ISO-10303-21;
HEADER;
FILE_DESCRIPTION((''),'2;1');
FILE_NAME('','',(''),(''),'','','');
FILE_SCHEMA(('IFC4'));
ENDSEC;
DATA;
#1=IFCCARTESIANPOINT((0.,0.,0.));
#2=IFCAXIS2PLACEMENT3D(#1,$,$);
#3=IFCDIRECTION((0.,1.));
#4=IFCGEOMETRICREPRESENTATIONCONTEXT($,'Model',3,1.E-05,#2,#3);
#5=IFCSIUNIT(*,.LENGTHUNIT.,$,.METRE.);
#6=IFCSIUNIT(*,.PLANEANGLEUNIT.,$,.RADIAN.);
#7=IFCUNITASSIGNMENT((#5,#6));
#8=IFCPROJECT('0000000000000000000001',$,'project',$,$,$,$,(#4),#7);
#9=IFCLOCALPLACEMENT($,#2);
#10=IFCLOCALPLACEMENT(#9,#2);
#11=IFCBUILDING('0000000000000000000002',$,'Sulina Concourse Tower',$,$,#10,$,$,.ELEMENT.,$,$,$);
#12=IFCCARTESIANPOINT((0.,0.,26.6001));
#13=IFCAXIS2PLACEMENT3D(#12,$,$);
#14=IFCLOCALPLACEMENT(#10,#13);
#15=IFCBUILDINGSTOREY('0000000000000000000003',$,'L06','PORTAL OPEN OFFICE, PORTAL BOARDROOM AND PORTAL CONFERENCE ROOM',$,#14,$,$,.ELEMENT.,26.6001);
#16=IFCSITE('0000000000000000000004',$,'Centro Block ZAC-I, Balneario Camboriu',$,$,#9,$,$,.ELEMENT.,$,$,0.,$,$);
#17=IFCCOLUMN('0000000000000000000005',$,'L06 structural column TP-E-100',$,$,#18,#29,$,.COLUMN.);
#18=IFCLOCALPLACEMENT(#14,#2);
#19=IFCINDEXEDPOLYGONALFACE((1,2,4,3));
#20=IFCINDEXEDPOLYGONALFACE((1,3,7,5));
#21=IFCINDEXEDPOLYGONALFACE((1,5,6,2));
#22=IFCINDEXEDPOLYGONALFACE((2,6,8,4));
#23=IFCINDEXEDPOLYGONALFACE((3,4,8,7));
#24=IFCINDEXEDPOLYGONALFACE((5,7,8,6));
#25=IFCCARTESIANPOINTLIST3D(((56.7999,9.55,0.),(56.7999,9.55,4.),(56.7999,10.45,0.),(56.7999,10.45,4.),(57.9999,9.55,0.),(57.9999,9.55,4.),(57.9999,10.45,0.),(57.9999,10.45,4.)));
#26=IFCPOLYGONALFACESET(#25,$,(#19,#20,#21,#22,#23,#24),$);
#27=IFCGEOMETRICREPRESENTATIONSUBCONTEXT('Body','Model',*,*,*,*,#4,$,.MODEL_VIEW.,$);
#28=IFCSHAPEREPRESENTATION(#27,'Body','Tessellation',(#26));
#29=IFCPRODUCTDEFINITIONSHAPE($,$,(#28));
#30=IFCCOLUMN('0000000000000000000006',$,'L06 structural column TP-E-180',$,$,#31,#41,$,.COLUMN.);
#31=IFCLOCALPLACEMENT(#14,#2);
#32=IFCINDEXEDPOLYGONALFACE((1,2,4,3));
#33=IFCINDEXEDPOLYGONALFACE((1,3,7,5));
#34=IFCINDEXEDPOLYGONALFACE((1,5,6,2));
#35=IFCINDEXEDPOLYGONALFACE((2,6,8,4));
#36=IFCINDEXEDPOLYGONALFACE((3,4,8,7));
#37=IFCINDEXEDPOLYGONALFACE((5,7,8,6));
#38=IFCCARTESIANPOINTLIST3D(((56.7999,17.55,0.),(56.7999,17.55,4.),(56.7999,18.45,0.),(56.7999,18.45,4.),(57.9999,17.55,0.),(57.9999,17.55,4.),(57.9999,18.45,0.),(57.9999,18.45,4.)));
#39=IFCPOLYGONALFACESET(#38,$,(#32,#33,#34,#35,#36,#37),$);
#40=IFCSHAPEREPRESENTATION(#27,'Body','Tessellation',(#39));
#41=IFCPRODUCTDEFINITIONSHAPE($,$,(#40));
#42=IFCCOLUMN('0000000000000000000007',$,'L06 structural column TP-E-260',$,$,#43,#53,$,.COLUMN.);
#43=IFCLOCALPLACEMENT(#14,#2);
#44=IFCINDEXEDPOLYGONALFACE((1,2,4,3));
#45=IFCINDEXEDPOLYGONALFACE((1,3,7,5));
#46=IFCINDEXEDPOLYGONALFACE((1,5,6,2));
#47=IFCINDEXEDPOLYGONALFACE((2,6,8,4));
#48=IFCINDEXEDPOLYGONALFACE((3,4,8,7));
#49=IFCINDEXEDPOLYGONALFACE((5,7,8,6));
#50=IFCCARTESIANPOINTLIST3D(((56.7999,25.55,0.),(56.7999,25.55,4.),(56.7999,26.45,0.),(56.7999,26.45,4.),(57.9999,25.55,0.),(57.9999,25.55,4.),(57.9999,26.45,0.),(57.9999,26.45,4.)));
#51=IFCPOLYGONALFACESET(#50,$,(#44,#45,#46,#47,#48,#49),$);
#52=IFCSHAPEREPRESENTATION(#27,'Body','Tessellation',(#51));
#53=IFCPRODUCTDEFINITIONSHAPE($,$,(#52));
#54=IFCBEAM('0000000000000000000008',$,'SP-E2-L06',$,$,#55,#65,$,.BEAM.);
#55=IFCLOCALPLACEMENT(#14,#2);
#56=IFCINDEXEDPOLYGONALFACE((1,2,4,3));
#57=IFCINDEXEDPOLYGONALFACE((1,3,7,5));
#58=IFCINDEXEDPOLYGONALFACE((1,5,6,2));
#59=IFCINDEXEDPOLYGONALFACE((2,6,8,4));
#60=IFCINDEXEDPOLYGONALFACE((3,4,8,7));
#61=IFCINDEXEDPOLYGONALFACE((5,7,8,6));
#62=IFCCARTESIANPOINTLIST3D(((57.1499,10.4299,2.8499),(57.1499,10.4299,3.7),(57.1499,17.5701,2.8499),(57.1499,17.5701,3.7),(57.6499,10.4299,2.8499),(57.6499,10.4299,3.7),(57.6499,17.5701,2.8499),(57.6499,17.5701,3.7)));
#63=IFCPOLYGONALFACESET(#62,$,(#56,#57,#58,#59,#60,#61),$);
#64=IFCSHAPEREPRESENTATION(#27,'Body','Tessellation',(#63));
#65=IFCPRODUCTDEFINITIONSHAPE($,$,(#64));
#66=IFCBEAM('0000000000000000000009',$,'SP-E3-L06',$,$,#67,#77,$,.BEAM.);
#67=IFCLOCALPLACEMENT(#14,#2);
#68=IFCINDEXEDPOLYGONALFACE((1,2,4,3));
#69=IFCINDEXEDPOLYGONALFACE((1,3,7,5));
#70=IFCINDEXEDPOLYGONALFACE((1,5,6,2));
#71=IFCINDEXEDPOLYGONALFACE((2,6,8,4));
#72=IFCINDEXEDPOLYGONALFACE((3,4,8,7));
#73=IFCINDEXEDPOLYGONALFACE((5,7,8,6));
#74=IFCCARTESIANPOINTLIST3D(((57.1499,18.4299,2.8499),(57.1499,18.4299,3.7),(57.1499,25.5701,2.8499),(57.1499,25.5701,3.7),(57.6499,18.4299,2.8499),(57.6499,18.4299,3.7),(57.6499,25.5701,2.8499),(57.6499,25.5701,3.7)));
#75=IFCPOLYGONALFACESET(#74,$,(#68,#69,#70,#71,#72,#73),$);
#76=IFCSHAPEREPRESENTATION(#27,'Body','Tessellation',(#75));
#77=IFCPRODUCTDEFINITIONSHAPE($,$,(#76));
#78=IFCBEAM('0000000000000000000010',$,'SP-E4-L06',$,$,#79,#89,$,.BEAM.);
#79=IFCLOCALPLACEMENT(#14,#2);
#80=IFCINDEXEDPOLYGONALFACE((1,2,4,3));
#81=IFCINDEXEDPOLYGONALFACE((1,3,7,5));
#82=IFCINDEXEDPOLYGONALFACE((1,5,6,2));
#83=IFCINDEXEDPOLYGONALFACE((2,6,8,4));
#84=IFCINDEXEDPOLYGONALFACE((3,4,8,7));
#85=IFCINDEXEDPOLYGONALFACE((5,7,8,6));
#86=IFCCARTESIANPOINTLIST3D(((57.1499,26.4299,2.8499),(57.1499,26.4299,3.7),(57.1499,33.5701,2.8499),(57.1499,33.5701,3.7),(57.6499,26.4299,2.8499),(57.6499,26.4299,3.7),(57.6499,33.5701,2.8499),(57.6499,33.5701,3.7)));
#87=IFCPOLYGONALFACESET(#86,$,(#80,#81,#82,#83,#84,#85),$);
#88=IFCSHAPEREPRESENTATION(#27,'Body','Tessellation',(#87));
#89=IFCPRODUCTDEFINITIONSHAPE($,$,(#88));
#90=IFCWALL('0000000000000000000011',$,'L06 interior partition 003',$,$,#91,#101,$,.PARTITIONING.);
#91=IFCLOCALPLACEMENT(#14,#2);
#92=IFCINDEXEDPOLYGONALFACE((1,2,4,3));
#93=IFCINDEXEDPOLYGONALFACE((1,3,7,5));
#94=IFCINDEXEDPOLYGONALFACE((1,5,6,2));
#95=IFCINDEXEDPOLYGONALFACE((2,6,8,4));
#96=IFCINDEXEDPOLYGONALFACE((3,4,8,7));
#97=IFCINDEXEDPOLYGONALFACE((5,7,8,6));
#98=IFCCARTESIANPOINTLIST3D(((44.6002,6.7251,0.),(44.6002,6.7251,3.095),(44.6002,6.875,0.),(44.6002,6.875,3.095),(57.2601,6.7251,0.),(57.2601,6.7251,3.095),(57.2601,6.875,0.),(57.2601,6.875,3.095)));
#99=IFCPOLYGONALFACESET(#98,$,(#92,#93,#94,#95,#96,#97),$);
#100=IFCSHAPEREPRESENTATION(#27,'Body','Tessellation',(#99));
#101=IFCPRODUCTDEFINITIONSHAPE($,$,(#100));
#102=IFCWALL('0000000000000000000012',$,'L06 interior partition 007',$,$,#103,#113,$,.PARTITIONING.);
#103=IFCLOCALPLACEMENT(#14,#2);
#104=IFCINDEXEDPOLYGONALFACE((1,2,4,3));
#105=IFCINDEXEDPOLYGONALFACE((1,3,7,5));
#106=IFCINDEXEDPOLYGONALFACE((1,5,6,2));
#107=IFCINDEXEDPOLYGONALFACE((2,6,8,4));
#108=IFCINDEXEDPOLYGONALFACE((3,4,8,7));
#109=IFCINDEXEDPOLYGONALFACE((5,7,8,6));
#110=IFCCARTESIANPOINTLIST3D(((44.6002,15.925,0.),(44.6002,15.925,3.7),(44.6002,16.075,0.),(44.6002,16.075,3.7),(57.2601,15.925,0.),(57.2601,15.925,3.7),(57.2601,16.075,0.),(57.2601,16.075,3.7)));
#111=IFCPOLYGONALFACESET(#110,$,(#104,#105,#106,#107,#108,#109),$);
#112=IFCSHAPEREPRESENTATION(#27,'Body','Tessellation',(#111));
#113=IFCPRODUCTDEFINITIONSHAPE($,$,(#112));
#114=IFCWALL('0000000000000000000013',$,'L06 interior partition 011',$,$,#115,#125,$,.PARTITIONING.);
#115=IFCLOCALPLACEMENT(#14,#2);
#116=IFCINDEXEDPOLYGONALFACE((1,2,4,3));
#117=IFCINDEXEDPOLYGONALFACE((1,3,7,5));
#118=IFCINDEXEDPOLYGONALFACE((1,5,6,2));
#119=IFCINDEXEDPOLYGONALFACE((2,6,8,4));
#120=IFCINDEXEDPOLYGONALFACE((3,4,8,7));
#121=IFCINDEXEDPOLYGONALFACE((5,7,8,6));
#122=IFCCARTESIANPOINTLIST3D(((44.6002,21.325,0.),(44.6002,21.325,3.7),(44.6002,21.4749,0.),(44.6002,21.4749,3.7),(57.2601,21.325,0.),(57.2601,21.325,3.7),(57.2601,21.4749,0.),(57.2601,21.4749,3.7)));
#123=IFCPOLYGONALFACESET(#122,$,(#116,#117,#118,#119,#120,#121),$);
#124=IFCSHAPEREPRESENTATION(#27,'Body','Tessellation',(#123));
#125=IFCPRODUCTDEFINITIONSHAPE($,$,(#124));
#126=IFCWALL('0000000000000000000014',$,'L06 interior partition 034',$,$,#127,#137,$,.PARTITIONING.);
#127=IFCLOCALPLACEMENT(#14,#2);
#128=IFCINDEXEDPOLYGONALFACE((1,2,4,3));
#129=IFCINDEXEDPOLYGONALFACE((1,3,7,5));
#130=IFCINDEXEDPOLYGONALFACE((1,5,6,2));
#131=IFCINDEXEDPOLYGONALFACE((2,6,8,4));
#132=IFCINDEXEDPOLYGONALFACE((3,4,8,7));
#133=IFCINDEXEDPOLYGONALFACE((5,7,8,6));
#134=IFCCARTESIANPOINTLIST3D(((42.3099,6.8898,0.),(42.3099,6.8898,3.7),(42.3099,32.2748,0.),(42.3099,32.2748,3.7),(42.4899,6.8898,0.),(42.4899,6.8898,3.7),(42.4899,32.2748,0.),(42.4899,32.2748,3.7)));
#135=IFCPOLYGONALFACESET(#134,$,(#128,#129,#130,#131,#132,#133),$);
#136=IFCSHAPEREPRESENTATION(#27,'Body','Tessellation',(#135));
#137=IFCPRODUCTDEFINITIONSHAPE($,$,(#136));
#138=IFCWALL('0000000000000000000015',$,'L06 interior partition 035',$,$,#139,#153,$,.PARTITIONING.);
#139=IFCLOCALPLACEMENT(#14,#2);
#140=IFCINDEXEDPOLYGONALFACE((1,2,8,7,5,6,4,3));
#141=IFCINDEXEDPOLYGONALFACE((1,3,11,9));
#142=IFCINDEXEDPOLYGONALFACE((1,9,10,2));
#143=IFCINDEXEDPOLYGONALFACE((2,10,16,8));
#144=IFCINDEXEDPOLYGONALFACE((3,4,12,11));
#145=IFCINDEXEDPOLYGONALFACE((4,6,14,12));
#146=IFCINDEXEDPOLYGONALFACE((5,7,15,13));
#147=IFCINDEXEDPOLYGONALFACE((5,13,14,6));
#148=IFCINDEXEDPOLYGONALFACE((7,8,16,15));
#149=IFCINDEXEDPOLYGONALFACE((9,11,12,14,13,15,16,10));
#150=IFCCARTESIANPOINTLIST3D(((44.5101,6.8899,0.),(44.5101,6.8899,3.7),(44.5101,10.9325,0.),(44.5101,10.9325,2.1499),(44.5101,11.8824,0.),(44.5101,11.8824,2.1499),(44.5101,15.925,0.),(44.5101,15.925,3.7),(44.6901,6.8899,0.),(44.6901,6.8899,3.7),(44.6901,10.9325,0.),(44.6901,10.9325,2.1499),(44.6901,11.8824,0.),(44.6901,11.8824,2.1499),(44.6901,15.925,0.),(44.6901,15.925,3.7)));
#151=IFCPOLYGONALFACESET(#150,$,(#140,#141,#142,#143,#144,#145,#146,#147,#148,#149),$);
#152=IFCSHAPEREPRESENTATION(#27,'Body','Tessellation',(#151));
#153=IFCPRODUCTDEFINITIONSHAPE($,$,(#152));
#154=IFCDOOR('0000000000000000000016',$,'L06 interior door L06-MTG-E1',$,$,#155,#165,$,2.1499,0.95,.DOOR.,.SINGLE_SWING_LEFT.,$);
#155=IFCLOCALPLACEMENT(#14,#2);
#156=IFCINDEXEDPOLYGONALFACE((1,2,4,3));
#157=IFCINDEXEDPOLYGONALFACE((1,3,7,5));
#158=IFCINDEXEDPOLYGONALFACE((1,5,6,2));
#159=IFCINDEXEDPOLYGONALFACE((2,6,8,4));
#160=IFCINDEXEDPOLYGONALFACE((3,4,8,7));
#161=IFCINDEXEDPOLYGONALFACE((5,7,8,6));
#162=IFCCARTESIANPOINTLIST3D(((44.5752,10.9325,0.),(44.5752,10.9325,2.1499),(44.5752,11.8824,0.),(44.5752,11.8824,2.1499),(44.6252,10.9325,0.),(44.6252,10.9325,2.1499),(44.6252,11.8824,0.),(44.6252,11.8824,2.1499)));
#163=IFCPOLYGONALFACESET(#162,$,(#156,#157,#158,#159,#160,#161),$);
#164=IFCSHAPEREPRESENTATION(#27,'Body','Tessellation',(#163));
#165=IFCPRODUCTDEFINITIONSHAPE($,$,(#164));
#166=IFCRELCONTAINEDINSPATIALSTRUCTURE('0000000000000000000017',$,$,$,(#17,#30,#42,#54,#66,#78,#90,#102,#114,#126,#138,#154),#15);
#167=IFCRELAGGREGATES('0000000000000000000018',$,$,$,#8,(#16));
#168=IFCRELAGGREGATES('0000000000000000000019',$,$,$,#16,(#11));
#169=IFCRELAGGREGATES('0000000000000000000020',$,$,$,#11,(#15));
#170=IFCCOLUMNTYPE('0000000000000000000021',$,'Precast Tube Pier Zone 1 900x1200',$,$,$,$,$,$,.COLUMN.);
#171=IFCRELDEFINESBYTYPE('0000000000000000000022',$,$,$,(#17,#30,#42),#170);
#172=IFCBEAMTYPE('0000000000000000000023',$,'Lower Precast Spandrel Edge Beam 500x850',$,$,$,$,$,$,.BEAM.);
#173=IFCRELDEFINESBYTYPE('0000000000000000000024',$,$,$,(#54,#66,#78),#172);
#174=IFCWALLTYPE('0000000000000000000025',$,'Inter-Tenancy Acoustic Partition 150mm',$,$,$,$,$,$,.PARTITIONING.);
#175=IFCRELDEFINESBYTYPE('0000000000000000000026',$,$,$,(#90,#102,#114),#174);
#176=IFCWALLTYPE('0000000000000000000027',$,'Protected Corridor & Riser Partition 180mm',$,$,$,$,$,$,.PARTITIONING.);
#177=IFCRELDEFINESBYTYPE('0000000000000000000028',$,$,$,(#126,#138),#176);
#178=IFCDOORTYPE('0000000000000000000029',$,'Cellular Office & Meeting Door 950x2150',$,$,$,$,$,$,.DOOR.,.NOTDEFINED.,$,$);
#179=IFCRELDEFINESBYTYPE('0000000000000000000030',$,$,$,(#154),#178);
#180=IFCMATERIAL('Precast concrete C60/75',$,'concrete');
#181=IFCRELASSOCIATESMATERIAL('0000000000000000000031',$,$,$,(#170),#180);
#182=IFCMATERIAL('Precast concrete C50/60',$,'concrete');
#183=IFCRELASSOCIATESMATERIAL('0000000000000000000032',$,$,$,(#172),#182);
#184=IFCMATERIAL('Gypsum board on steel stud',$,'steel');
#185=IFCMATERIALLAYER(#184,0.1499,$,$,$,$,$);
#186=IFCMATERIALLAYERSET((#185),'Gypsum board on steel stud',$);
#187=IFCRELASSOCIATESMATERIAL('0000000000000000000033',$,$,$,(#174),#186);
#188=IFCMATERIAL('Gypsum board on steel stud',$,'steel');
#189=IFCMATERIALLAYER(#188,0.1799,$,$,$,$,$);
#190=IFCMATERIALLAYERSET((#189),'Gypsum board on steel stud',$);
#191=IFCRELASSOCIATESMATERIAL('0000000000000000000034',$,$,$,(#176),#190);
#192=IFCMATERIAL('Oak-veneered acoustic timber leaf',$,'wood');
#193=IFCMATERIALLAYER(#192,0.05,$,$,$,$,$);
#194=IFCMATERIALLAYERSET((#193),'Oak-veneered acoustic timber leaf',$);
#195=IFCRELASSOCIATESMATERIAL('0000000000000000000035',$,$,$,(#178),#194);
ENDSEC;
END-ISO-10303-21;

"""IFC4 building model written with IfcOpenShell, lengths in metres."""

from ifc_helpers import new_model, si_unit, direction, frame, frame_2d, origin, origin_2d, place, context, subcontext, project, spatial, rectangle, extrude, material, layer, layer_set, material_profile, profile_set, type_object, element, fill, save


model = new_model("IFC4")

# Units and contexts
model_context = context("Model", 3, precision=1e-05, world=origin(), true_north=direction((0.0, 1.0)))
body_context = subcontext(model_context, "Body", "Model", "MODEL_VIEW")
ifc_project = project(units=[si_unit("LENGTHUNIT", "METRE"), si_unit("PLANEANGLEUNIT", "RADIAN")], contexts=[model_context])

# Site, building, storey
site_placement = place(None, origin())
site = spatial("IfcSite", under=ifc_project, at=site_placement, Name="Centro Block ZAC-I, Balneario Camboriu", CompositionType="ELEMENT", RefElevation=0.0)
building_placement = place(site_placement, origin())
building = spatial("IfcBuilding", under=site, at=building_placement, Name="Sulina Concourse Tower", CompositionType="ELEMENT")
storey_placement = place(building_placement, frame((0.0, 0.0, 26.6001)))
storey = spatial("IfcBuildingStorey", under=building, at=storey_placement, Name="L06", Description="PORTAL OPEN OFFICE, PORTAL BOARDROOM AND PORTAL CONFERENCE ROOM", CompositionType="ELEMENT", Elevation=26.6001)

# Columns
ifc_material_1 = material(Name="Precast concrete C60/75", Category="concrete")
ifc_material_profile_1 = material_profile(ifc_material_1, rectangle(XDim=0.8999, YDim=1.2, at=origin_2d()), Name="PC 900x1200")
ifc_profile_set_1 = profile_set([ifc_material_profile_1], Name="Precast concrete C60/75")
column_type = type_object("IfcColumnType", Name="Precast Tube Pier Zone 1 900x1200", PredefinedType="COLUMN", material=ifc_profile_set_1)
for number, where, z_axis, x_axis, name in (
    (1, (57.3999, 10.0, 0.0), (0.0, 0.0, 1.0), (0.0, 1.0, 0.0), "L06 structural column TP-E-100"),
    (2, (57.3999, 18.0, 0.0), (0.0, 0.0, 1.0), (0.0, 1.0, 0.0), "L06 structural column TP-E-180"),
    (3, (57.3999, 26.0, 0.0), (0.0, 0.0, 1.0), (0.0, 1.0, 0.0), "L06 structural column TP-E-260"),
):
    element("IfcColumn", number, at=place(storey_placement, frame(where, z_axis=z_axis, x_axis=x_axis)), inside=storey, type_object=column_type, Name=name, PredefinedType="COLUMN", context=body_context, shape_type="SweptSolid", body=[
        extrude(rectangle(XDim=0.8999, YDim=1.2, at=origin_2d()), origin(), (0.0, 0.0, 1.0), 4.0),
    ])

# Beams
ifc_material_2 = material(Name="Precast concrete C50/60", Category="concrete")
ifc_material_profile_2 = material_profile(ifc_material_2, rectangle(XDim=0.5, YDim=0.8501, at=origin_2d()), Name="RC 500x850")
ifc_profile_set_2 = profile_set([ifc_material_profile_2], Name="Precast concrete C50/60")
beam_type = type_object("IfcBeamType", Name="Lower Precast Spandrel Edge Beam 500x850", PredefinedType="BEAM", material=ifc_profile_set_2)
for number, where, z_axis, x_axis, name in (
    (4, (57.3999, 10.4299, 3.2749), (0.0, 1.0, 0.0), (-1.0, 0.0, 0.0), "SP-E2-L06"),
    (5, (57.3999, 18.4299, 3.2749), (0.0, 1.0, 0.0), (-1.0, 0.0, 0.0), "SP-E3-L06"),
    (6, (57.3999, 26.4299, 3.2749), (0.0, 1.0, 0.0), (-1.0, 0.0, 0.0), "SP-E4-L06"),
):
    element("IfcBeam", number, at=place(storey_placement, frame(where, z_axis=z_axis, x_axis=x_axis)), inside=storey, type_object=beam_type, Name=name, PredefinedType="BEAM", context=body_context, shape_type="SweptSolid", body=[
        extrude(rectangle(XDim=0.5, YDim=0.8501, at=origin_2d()), origin(), (0.0, 0.0, 1.0), 7.1401),
    ])

# Walls
ifc_material_3 = material(Name="Gypsum board on steel stud", Category="steel")
ifc_layer_1 = layer(ifc_material_3, 0.1499)
ifc_layer_set_1 = layer_set([ifc_layer_1], Name="Gypsum board on steel stud")
wall_type_1 = type_object("IfcWallType", Name="Inter-Tenancy Acoustic Partition 150mm", PredefinedType="PARTITIONING", material=ifc_layer_set_1)
wall_1_placement = place(storey_placement, frame((44.6001, 6.8, 0.0), z_axis=(0.0, 0.0, 1.0), x_axis=(1.0, 0.0, 0.0)))
element("IfcWall", 7, at=wall_1_placement, inside=storey, type_object=wall_type_1, Name="L06 interior partition 003", PredefinedType="PARTITIONING", context=body_context, shape_type="SweptSolid", body=[
    extrude(rectangle(XDim=12.6599, YDim=0.1499, at=frame_2d((6.3301, 0.0))), origin(), (0.0, 0.0, 1.0), 3.095),
])
for number, where, z_axis, x_axis, name in (
    (8, (44.6001, 16.0, 0.0), (0.0, 0.0, 1.0), (1.0, 0.0, 0.0), "L06 interior partition 007"),
    (9, (44.6001, 21.3999, 0.0), (0.0, 0.0, 1.0), (1.0, 0.0, 0.0), "L06 interior partition 011"),
):
    element("IfcWall", number, at=place(storey_placement, frame(where, z_axis=z_axis, x_axis=x_axis)), inside=storey, type_object=wall_type_1, Name=name, PredefinedType="PARTITIONING", context=body_context, shape_type="SweptSolid", body=[
        extrude(rectangle(XDim=12.6599, YDim=0.1499, at=frame_2d((6.3301, 0.0))), origin(), (0.0, 0.0, 1.0), 3.7),
    ])
ifc_material_4 = material(Name="Gypsum board on steel stud", Category="steel")
ifc_layer_2 = layer(ifc_material_4, 0.1799)
ifc_layer_set_2 = layer_set([ifc_layer_2], Name="Gypsum board on steel stud")
wall_type_2 = type_object("IfcWallType", Name="Protected Corridor & Riser Partition 180mm", PredefinedType="PARTITIONING", material=ifc_layer_set_2)
wall_2_placement = place(storey_placement, frame((42.3999, 6.8899, 0.0), z_axis=(0.0, 0.0, 1.0), x_axis=(0.0, 1.0, 0.0)))
element("IfcWall", 10, at=wall_2_placement, inside=storey, type_object=wall_type_2, Name="L06 interior partition 034", PredefinedType="PARTITIONING", context=body_context, shape_type="SweptSolid", body=[
    extrude(rectangle(XDim=25.385, YDim=0.1799, at=frame_2d((12.6924, 0.0))), origin(), (0.0, 0.0, 1.0), 3.7),
])

# Wall, opening, door
wall_3_placement = place(storey_placement, frame((44.6001, 6.8899, 0.0), z_axis=(0.0, 0.0, 1.0), x_axis=(0.0, 1.0, 0.0)))
wall_3 = element("IfcWall", 11, at=wall_3_placement, inside=storey, type_object=wall_type_2, Name="L06 interior partition 035", PredefinedType="PARTITIONING", context=body_context, shape_type="SweptSolid", body=[
    extrude(rectangle(XDim=9.0352, YDim=0.1799, at=frame_2d((4.5176, 0.0))), origin(), (0.0, 0.0, 1.0), 3.7),
])
opening_1_placement = place(wall_3_placement, frame((4.0425, 0.0, 0.0)))
opening_1 = element("IfcOpeningElement", 12, at=opening_1_placement, cuts=wall_3, PredefinedType="OPENING", context=body_context, shape_type="SweptSolid", body=[
    extrude(rectangle(XDim=0.95, YDim=2.1499, at=frame_2d((0.4751, 1.075))), frame((0.0, 0.0999, 0.0), z_axis=(0.0, -1.0, 0.0), x_axis=(1.0, 0.0, 0.0)), (0.0, 0.0, 1.0), 0.2),
])
ifc_material_5 = material(Name="Oak-veneered acoustic timber leaf", Category="wood")
ifc_layer_3 = layer(ifc_material_5, 0.05)
ifc_layer_set_3 = layer_set([ifc_layer_3], Name="Oak-veneered acoustic timber leaf")
door_type_1 = type_object("IfcDoorType", Name="Cellular Office & Meeting Door 950x2150", OperationType="NOTDEFINED", PredefinedType="DOOR", material=ifc_layer_set_3)
door_1_placement = place(opening_1_placement, origin())
door_1 = element("IfcDoor", 13, at=door_1_placement, inside=storey, type_object=door_type_1, Name="L06 interior door L06-MTG-E1", OperationType="SINGLE_SWING_LEFT", OverallHeight=2.1499, OverallWidth=0.95, PredefinedType="DOOR", context=body_context, shape_type="SweptSolid", body=[
    extrude(rectangle(XDim=0.95, YDim=2.1499, at=frame_2d((0.4751, 1.075))), frame((0.0, 0.0249, 0.0), z_axis=(0.0, -1.0, 0.0), x_axis=(1.0, 0.0, 0.0)), (0.0, 0.0, 1.0), 0.05),
])
fill(opening_1, door_1)

save(model, "model.ifc")
